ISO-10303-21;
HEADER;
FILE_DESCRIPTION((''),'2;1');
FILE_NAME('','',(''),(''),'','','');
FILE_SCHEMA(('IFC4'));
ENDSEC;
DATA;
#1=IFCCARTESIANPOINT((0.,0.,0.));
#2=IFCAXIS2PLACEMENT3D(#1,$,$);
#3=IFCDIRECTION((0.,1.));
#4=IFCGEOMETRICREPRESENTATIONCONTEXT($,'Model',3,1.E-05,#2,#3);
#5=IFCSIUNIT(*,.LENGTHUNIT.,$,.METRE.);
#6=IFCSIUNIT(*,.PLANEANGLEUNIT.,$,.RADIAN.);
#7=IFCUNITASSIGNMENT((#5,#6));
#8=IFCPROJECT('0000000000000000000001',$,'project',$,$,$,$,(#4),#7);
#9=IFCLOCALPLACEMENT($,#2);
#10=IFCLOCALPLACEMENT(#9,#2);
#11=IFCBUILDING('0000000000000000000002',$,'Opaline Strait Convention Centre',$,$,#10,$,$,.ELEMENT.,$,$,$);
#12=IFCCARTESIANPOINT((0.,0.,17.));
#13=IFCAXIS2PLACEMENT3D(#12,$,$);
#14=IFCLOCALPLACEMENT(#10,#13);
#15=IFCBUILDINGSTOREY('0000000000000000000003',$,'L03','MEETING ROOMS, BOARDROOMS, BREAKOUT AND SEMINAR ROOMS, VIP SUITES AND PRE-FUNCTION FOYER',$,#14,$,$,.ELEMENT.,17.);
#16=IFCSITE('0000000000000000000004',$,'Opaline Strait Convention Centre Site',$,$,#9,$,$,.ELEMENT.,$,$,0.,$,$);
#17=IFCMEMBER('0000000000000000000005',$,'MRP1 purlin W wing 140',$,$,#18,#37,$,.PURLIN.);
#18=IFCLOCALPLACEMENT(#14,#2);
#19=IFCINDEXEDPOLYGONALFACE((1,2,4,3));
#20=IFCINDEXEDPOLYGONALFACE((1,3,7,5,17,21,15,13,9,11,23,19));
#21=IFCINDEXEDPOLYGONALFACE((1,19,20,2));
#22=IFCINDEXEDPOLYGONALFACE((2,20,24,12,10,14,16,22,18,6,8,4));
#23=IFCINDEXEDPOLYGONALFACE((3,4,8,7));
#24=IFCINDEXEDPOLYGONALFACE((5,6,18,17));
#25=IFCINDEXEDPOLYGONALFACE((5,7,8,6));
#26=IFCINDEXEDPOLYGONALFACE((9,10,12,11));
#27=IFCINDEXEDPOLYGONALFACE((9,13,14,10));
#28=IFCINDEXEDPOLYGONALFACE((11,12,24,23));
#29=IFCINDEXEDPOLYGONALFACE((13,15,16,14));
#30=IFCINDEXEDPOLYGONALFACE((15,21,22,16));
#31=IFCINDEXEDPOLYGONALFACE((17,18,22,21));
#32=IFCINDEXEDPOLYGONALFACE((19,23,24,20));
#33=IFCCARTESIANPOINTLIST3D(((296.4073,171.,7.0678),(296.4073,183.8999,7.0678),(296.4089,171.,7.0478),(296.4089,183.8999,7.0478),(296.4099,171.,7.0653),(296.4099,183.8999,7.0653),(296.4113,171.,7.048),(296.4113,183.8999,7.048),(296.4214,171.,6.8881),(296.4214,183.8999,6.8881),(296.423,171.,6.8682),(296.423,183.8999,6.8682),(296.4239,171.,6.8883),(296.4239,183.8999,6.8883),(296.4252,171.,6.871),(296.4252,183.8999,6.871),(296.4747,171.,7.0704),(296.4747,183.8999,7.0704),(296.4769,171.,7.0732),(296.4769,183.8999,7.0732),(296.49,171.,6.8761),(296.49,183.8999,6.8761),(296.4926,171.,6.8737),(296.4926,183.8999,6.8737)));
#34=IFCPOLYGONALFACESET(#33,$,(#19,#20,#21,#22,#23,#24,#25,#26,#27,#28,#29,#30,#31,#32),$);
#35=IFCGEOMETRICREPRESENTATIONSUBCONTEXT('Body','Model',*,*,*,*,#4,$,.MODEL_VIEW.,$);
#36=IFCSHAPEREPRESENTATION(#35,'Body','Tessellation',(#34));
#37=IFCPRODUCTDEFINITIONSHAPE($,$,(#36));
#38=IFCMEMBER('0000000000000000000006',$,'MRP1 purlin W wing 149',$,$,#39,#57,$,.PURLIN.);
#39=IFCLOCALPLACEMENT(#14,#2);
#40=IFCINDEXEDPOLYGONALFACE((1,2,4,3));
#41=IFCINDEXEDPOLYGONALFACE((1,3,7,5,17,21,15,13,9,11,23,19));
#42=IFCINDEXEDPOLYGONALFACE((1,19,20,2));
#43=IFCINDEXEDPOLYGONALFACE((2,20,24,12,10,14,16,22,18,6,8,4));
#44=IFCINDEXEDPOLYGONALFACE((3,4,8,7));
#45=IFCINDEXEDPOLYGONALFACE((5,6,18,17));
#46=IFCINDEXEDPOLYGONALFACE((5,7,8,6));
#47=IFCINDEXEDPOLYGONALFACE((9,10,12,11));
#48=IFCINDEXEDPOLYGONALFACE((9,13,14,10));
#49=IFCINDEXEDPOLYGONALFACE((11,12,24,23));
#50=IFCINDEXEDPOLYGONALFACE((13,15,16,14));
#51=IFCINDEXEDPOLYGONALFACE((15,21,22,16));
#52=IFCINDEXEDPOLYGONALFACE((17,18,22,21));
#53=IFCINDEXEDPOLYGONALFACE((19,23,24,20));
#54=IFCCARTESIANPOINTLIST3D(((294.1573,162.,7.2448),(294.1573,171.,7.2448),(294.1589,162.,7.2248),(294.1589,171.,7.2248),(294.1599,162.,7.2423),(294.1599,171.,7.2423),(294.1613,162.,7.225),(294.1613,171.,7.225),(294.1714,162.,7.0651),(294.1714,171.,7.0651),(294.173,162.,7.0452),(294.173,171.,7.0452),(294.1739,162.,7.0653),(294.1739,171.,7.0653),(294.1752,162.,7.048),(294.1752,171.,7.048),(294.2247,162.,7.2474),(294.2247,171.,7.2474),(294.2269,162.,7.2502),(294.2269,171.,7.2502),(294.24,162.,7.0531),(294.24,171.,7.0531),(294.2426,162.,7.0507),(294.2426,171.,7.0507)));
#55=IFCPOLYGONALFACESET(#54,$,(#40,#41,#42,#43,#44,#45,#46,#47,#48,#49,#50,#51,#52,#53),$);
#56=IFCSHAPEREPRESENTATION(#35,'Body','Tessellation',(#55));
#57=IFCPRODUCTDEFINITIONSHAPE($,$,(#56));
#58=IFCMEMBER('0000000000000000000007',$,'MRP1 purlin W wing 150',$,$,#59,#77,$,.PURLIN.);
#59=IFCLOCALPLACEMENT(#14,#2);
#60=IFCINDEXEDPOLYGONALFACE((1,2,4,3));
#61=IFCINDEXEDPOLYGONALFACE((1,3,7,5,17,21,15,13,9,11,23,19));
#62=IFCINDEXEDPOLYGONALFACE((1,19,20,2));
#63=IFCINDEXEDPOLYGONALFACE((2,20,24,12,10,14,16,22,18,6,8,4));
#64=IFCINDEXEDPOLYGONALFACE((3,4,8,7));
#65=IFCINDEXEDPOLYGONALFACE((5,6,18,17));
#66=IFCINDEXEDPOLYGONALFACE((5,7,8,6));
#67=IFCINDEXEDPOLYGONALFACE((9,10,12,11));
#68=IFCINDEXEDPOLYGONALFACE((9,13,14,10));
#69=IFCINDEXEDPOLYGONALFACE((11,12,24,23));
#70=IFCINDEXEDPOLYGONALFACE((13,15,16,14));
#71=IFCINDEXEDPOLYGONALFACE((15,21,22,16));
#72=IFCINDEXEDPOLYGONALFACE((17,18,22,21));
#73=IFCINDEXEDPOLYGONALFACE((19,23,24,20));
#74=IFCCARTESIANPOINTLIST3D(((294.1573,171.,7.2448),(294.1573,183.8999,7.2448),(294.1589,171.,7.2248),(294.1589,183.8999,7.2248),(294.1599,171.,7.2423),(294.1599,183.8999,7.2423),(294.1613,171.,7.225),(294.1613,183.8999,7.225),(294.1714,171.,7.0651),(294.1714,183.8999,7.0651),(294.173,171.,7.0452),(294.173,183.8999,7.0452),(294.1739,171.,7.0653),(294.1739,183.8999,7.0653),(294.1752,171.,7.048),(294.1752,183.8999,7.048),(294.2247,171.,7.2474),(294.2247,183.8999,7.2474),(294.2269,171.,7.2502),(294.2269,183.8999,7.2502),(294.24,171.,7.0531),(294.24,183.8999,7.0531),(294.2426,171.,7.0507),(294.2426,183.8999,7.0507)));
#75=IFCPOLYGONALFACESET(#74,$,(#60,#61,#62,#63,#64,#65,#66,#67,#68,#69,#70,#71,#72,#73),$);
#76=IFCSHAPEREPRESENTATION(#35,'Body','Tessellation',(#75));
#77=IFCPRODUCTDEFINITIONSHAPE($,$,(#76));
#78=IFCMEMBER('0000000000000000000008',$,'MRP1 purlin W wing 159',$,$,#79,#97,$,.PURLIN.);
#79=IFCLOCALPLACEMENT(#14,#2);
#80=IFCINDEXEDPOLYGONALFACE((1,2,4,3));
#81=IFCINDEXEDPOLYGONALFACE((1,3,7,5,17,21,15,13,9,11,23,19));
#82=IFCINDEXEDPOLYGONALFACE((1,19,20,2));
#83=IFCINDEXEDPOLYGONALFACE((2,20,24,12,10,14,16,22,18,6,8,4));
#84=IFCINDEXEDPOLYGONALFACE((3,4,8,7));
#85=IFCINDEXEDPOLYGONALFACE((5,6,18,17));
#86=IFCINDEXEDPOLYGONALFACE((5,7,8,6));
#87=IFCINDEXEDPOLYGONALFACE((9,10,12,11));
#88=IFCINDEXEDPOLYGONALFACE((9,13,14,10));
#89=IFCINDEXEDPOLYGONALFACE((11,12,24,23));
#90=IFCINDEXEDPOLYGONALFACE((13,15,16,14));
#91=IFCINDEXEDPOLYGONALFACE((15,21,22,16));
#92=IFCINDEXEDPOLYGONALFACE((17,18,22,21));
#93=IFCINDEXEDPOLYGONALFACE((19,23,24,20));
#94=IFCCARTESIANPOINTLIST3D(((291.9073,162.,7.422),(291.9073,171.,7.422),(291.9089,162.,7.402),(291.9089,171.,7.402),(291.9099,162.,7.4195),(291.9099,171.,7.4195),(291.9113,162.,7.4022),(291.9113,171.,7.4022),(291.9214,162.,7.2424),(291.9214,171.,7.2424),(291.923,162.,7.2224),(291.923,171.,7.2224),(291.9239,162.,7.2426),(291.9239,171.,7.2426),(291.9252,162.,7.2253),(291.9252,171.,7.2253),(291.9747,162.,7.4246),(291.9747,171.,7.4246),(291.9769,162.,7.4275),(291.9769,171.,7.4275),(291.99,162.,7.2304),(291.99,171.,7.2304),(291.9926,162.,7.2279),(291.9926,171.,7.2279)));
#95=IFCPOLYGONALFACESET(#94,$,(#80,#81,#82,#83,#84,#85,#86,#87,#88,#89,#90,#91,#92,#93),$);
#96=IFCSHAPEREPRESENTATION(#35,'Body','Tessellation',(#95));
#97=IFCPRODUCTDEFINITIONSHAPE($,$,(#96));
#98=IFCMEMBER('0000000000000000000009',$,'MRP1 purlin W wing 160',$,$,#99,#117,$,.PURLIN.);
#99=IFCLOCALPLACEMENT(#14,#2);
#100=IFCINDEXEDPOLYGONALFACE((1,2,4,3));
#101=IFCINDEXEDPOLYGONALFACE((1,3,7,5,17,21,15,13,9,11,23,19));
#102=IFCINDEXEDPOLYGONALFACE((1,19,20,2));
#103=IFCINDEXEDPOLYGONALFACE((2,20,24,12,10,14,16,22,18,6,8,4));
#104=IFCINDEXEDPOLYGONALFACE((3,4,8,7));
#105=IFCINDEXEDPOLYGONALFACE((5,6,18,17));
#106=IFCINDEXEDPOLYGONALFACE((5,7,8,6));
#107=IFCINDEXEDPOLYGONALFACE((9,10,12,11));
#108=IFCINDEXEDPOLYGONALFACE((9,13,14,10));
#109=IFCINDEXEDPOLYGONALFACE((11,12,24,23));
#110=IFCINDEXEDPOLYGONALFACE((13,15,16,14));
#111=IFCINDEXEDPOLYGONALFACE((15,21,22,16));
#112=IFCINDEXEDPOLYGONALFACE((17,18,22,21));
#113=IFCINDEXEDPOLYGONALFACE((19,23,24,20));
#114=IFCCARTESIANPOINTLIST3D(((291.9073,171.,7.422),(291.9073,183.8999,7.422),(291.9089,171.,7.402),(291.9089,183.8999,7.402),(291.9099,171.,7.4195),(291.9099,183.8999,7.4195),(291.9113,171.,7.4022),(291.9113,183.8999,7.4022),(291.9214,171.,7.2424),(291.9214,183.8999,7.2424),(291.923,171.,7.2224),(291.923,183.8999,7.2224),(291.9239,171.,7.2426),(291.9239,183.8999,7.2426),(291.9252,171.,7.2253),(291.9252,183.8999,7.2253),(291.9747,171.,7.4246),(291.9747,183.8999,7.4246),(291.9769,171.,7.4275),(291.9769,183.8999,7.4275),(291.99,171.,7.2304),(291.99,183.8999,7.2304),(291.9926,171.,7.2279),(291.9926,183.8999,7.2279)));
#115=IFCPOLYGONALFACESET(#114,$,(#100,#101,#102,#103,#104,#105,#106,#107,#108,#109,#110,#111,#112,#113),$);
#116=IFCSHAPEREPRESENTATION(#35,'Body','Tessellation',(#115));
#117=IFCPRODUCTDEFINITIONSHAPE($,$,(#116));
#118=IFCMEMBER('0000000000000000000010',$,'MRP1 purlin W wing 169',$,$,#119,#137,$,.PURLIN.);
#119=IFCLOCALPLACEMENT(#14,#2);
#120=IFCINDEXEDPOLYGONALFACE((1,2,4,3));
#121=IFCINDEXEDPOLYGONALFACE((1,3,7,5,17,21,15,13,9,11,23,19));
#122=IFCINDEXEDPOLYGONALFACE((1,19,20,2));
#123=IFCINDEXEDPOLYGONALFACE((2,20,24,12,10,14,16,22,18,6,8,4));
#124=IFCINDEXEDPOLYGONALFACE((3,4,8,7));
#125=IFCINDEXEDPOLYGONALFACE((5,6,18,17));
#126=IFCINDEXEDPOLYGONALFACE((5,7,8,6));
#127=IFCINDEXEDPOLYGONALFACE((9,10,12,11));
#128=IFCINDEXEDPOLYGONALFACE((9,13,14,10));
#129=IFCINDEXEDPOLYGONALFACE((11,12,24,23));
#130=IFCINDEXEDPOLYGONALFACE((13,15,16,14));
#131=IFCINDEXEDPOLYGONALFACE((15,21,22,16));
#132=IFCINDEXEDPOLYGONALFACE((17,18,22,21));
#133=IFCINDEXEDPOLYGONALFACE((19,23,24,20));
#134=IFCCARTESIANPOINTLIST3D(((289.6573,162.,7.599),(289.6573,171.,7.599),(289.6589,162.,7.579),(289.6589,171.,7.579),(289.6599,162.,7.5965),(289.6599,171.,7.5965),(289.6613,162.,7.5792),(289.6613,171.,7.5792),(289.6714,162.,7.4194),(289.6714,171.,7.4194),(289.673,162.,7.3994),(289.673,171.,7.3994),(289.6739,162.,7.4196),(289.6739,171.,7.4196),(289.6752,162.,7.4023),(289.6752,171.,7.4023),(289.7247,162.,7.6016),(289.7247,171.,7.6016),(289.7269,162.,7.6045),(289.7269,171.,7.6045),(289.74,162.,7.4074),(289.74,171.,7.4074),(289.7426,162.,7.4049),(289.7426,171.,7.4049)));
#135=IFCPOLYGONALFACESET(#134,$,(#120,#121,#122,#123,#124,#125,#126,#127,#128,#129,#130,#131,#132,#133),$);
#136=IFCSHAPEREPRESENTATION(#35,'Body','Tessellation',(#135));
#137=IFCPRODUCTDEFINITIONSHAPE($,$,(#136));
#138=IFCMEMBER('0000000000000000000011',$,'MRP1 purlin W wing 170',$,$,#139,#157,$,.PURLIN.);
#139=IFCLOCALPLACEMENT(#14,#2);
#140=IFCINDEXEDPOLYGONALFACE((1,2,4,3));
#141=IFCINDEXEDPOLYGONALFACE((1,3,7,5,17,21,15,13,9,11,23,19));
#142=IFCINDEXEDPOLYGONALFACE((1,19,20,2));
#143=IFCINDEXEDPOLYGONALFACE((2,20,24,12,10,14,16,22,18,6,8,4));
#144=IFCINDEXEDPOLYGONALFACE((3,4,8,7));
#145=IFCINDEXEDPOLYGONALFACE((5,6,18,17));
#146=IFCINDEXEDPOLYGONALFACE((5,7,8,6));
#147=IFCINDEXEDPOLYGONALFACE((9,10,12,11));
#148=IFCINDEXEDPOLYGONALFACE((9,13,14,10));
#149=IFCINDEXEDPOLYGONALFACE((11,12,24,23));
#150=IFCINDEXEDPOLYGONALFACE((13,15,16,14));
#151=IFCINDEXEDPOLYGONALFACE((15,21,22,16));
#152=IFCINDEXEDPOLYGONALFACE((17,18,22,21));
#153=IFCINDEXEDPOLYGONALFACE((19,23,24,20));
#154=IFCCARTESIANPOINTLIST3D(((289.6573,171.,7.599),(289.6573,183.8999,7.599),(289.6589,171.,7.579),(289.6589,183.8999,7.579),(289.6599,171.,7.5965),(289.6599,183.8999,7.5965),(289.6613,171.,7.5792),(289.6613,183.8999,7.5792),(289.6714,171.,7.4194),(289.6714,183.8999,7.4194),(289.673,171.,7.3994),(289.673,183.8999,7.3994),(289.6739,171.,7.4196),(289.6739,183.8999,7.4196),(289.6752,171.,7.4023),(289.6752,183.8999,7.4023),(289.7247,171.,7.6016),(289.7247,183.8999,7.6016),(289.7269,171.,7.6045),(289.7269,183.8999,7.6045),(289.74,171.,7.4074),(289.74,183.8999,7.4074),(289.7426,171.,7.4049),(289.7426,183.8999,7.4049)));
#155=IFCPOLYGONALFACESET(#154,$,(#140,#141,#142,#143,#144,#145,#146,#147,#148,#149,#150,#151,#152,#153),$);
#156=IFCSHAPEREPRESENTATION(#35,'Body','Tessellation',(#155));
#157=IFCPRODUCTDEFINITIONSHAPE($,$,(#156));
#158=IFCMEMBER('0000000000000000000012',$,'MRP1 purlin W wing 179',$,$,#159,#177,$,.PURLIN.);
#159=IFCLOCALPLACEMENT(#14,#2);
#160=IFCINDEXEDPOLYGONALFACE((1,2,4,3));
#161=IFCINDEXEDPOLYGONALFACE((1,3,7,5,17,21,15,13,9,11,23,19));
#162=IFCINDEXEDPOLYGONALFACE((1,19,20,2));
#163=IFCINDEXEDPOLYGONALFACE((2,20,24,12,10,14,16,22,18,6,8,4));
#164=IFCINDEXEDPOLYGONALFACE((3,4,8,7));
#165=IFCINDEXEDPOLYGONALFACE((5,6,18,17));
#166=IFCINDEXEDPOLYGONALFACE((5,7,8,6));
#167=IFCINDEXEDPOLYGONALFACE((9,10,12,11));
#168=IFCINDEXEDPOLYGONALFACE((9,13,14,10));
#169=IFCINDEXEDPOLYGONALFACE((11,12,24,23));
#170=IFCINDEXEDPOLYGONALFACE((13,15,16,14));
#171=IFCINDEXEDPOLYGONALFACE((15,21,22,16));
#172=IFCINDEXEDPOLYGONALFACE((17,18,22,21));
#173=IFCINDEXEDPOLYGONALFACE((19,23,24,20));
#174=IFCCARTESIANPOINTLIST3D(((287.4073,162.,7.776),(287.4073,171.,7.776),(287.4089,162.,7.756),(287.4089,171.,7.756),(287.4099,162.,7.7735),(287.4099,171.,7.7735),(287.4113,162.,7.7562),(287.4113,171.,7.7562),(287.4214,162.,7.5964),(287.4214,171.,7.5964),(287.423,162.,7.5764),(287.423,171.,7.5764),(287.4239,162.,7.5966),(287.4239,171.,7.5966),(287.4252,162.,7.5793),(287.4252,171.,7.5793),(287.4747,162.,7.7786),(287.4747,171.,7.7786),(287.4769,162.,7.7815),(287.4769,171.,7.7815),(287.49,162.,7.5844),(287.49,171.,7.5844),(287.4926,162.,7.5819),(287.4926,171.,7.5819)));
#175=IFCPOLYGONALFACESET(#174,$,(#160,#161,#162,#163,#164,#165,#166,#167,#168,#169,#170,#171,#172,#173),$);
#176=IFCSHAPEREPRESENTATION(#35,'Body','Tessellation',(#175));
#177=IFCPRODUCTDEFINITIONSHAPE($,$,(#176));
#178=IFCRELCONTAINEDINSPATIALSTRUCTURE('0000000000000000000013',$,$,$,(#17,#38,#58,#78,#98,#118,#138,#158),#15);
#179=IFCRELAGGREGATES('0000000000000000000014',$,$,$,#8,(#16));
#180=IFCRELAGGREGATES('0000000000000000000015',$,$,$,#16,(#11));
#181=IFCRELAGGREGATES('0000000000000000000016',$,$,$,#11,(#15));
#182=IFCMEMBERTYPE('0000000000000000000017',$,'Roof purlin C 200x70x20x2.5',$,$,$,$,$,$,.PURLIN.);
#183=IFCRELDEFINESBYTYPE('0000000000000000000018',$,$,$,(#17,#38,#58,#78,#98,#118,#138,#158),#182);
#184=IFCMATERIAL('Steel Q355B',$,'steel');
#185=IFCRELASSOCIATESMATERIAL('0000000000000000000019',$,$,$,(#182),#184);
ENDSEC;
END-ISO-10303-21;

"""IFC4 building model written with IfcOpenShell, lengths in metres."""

from ifc_helpers import new_model, si_unit, direction, frame, origin, place, context, subcontext, project, spatial, polyline, outline, extrude, material, material_profile, profile_set, type_object, element, save


model = new_model("IFC4")

# Units and contexts
model_context = context("Model", 3, precision=1e-05, world=origin(), true_north=direction((0.0, 1.0)))
body_context = subcontext(model_context, "Body", "Model", "MODEL_VIEW")
ifc_project = project(units=[si_unit("LENGTHUNIT", "METRE"), si_unit("PLANEANGLEUNIT", "RADIAN")], contexts=[model_context])

# Site, building, storey
site_placement = place(None, origin())
site = spatial("IfcSite", under=ifc_project, at=site_placement, Name="Opaline Strait Convention Centre Site", CompositionType="ELEMENT", RefElevation=0.0)
building_placement = place(site_placement, origin())
building = spatial("IfcBuilding", under=site, at=building_placement, Name="Opaline Strait Convention Centre", CompositionType="ELEMENT")
storey_placement = place(building_placement, frame((0.0, 0.0, 17.0)))
storey = spatial("IfcBuildingStorey", under=building, at=storey_placement, Name="L03", Description="MEETING ROOMS, BOARDROOMS, BREAKOUT AND SEMINAR ROOMS, VIP SUITES AND PRE-FUNCTION FOYER", CompositionType="ELEMENT", Elevation=17.0)

# Shared definitions
ifc_material_1 = material(Name="Steel Q355B", Category="steel")

# Members
ifc_material_profile_1 = material_profile(ifc_material_1, outline(polyline([(-0.0349, -0.1001), (0.0349, -0.1001), (0.0349, -0.0801), (0.0325, -0.0801), (0.0325, -0.0974), (-0.0325, -0.0974), (-0.0325, 0.0974), (0.0325, 0.0974), (0.0325, 0.0801), (0.0349, 0.0801), (0.0349, 0.1001), (-0.0349, 0.1001), (-0.0349, -0.1001)])), Name="C 200x70x20x2.5")
ifc_profile_set_1 = profile_set([ifc_material_profile_1], Name="Steel Q355B")
member_type_1 = type_object("IfcMemberType", Name="Roof purlin C 200x70x20x2.5", PredefinedType="PURLIN", material=ifc_profile_set_1)
member_1_placement = place(storey_placement, frame((296.45, 171.0, 6.9707), z_axis=(0.0, 1.0, 0.0), x_axis=(-0.996917, 0.0, -0.078459)))
element("IfcMember", 1, at=member_1_placement, inside=storey, type_object=member_type_1, Name="MRP1 purlin W wing 140", PredefinedType="PURLIN", context=body_context, shape_type="SweptSolid", body=[
    extrude(outline(polyline([(-0.0349, -0.1001), (0.0349, -0.1001), (0.0349, -0.0801), (0.0325, -0.0801), (0.0325, -0.0974), (-0.0325, -0.0974), (-0.0325, 0.0974), (0.0325, 0.0974), (0.0325, 0.0801), (0.0349, 0.0801), (0.0349, 0.1001), (-0.0349, 0.1001), (-0.0349, -0.1001)])), origin(), (0.0, 0.0, 1.0), 12.8999),
])
member_2_placement = place(storey_placement, frame((294.2, 162.0, 7.1477), z_axis=(0.0, 1.0, 0.0), x_axis=(-0.996917, 0.0, -0.078459)))
element("IfcMember", 2, at=member_2_placement, inside=storey, type_object=member_type_1, Name="MRP1 purlin W wing 149", PredefinedType="PURLIN", context=body_context, shape_type="SweptSolid", body=[
    extrude(outline(polyline([(-0.0349, -0.1001), (0.0349, -0.1001), (0.0349, -0.0801), (0.0325, -0.0801), (0.0325, -0.0974), (-0.0325, -0.0974), (-0.0325, 0.0974), (0.0325, 0.0974), (0.0325, 0.0801), (0.0349, 0.0801), (0.0349, 0.1001), (-0.0349, 0.1001), (-0.0349, -0.1001)])), origin(), (0.0, 0.0, 1.0), 9.0),
])
member_3_placement = place(storey_placement, frame((294.2, 171.0, 7.1477), z_axis=(0.0, 1.0, 0.0), x_axis=(-0.996917, 0.0, -0.078459)))
element("IfcMember", 3, at=member_3_placement, inside=storey, type_object=member_type_1, Name="MRP1 purlin W wing 150", PredefinedType="PURLIN", context=body_context, shape_type="SweptSolid", body=[
    extrude(outline(polyline([(-0.0349, -0.1001), (0.0349, -0.1001), (0.0349, -0.0801), (0.0325, -0.0801), (0.0325, -0.0974), (-0.0325, -0.0974), (-0.0325, 0.0974), (0.0325, 0.0974), (0.0325, 0.0801), (0.0349, 0.0801), (0.0349, 0.1001), (-0.0349, 0.1001), (-0.0349, -0.1001)])), origin(), (0.0, 0.0, 1.0), 12.8999),
])
member_4_placement = place(storey_placement, frame((291.95, 162.0, 7.325), z_axis=(0.0, 1.0, 0.0), x_axis=(-0.996917, 0.0, -0.078459)))
element("IfcMember", 4, at=member_4_placement, inside=storey, type_object=member_type_1, Name="MRP1 purlin W wing 159", PredefinedType="PURLIN", context=body_context, shape_type="SweptSolid", body=[
    extrude(outline(polyline([(-0.0349, -0.1001), (0.0349, -0.1001), (0.0349, -0.0801), (0.0325, -0.0801), (0.0325, -0.0974), (-0.0325, -0.0974), (-0.0325, 0.0974), (0.0325, 0.0974), (0.0325, 0.0801), (0.0349, 0.0801), (0.0349, 0.1001), (-0.0349, 0.1001), (-0.0349, -0.1001)])), origin(), (0.0, 0.0, 1.0), 9.0),
])
member_5_placement = place(storey_placement, frame((291.95, 171.0, 7.325), z_axis=(0.0, 1.0, 0.0), x_axis=(-0.996917, 0.0, -0.078459)))
element("IfcMember", 5, at=member_5_placement, inside=storey, type_object=member_type_1, Name="MRP1 purlin W wing 160", PredefinedType="PURLIN", context=body_context, shape_type="SweptSolid", body=[
    extrude(outline(polyline([(-0.0349, -0.1001), (0.0349, -0.1001), (0.0349, -0.0801), (0.0325, -0.0801), (0.0325, -0.0974), (-0.0325, -0.0974), (-0.0325, 0.0974), (0.0325, 0.0974), (0.0325, 0.0801), (0.0349, 0.0801), (0.0349, 0.1001), (-0.0349, 0.1001), (-0.0349, -0.1001)])), origin(), (0.0, 0.0, 1.0), 12.8999),
])
member_6_placement = place(storey_placement, frame((289.7, 162.0, 7.502), z_axis=(0.0, 1.0, 0.0), x_axis=(-0.996917, 0.0, -0.078459)))
element("IfcMember", 6, at=member_6_placement, inside=storey, type_object=member_type_1, Name="MRP1 purlin W wing 169", PredefinedType="PURLIN", context=body_context, shape_type="SweptSolid", body=[
    extrude(outline(polyline([(-0.0349, -0.1001), (0.0349, -0.1001), (0.0349, -0.0801), (0.0325, -0.0801), (0.0325, -0.0974), (-0.0325, -0.0974), (-0.0325, 0.0974), (0.0325, 0.0974), (0.0325, 0.0801), (0.0349, 0.0801), (0.0349, 0.1001), (-0.0349, 0.1001), (-0.0349, -0.1001)])), origin(), (0.0, 0.0, 1.0), 9.0),
])
member_7_placement = place(storey_placement, frame((289.7, 171.0, 7.502), z_axis=(0.0, 1.0, 0.0), x_axis=(-0.996917, 0.0, -0.078459)))
element("IfcMember", 7, at=member_7_placement, inside=storey, type_object=member_type_1, Name="MRP1 purlin W wing 170", PredefinedType="PURLIN", context=body_context, shape_type="SweptSolid", body=[
    extrude(outline(polyline([(-0.0349, -0.1001), (0.0349, -0.1001), (0.0349, -0.0801), (0.0325, -0.0801), (0.0325, -0.0974), (-0.0325, -0.0974), (-0.0325, 0.0974), (0.0325, 0.0974), (0.0325, 0.0801), (0.0349, 0.0801), (0.0349, 0.1001), (-0.0349, 0.1001), (-0.0349, -0.1001)])), origin(), (0.0, 0.0, 1.0), 12.8999),
])
member_8_placement = place(storey_placement, frame((287.45, 162.0, 7.679), z_axis=(0.0, 1.0, 0.0), x_axis=(-0.996917, 0.0, -0.078459)))
element("IfcMember", 8, at=member_8_placement, inside=storey, type_object=member_type_1, Name="MRP1 purlin W wing 179", PredefinedType="PURLIN", context=body_context, shape_type="SweptSolid", body=[
    extrude(outline(polyline([(-0.0349, -0.1001), (0.0349, -0.1001), (0.0349, -0.0801), (0.0325, -0.0801), (0.0325, -0.0974), (-0.0325, -0.0974), (-0.0325, 0.0974), (0.0325, 0.0974), (0.0325, 0.0801), (0.0349, 0.0801), (0.0349, 0.1001), (-0.0349, 0.1001), (-0.0349, -0.1001)])), origin(), (0.0, 0.0, 1.0), 9.0),
])

save(model, "model.ifc")
